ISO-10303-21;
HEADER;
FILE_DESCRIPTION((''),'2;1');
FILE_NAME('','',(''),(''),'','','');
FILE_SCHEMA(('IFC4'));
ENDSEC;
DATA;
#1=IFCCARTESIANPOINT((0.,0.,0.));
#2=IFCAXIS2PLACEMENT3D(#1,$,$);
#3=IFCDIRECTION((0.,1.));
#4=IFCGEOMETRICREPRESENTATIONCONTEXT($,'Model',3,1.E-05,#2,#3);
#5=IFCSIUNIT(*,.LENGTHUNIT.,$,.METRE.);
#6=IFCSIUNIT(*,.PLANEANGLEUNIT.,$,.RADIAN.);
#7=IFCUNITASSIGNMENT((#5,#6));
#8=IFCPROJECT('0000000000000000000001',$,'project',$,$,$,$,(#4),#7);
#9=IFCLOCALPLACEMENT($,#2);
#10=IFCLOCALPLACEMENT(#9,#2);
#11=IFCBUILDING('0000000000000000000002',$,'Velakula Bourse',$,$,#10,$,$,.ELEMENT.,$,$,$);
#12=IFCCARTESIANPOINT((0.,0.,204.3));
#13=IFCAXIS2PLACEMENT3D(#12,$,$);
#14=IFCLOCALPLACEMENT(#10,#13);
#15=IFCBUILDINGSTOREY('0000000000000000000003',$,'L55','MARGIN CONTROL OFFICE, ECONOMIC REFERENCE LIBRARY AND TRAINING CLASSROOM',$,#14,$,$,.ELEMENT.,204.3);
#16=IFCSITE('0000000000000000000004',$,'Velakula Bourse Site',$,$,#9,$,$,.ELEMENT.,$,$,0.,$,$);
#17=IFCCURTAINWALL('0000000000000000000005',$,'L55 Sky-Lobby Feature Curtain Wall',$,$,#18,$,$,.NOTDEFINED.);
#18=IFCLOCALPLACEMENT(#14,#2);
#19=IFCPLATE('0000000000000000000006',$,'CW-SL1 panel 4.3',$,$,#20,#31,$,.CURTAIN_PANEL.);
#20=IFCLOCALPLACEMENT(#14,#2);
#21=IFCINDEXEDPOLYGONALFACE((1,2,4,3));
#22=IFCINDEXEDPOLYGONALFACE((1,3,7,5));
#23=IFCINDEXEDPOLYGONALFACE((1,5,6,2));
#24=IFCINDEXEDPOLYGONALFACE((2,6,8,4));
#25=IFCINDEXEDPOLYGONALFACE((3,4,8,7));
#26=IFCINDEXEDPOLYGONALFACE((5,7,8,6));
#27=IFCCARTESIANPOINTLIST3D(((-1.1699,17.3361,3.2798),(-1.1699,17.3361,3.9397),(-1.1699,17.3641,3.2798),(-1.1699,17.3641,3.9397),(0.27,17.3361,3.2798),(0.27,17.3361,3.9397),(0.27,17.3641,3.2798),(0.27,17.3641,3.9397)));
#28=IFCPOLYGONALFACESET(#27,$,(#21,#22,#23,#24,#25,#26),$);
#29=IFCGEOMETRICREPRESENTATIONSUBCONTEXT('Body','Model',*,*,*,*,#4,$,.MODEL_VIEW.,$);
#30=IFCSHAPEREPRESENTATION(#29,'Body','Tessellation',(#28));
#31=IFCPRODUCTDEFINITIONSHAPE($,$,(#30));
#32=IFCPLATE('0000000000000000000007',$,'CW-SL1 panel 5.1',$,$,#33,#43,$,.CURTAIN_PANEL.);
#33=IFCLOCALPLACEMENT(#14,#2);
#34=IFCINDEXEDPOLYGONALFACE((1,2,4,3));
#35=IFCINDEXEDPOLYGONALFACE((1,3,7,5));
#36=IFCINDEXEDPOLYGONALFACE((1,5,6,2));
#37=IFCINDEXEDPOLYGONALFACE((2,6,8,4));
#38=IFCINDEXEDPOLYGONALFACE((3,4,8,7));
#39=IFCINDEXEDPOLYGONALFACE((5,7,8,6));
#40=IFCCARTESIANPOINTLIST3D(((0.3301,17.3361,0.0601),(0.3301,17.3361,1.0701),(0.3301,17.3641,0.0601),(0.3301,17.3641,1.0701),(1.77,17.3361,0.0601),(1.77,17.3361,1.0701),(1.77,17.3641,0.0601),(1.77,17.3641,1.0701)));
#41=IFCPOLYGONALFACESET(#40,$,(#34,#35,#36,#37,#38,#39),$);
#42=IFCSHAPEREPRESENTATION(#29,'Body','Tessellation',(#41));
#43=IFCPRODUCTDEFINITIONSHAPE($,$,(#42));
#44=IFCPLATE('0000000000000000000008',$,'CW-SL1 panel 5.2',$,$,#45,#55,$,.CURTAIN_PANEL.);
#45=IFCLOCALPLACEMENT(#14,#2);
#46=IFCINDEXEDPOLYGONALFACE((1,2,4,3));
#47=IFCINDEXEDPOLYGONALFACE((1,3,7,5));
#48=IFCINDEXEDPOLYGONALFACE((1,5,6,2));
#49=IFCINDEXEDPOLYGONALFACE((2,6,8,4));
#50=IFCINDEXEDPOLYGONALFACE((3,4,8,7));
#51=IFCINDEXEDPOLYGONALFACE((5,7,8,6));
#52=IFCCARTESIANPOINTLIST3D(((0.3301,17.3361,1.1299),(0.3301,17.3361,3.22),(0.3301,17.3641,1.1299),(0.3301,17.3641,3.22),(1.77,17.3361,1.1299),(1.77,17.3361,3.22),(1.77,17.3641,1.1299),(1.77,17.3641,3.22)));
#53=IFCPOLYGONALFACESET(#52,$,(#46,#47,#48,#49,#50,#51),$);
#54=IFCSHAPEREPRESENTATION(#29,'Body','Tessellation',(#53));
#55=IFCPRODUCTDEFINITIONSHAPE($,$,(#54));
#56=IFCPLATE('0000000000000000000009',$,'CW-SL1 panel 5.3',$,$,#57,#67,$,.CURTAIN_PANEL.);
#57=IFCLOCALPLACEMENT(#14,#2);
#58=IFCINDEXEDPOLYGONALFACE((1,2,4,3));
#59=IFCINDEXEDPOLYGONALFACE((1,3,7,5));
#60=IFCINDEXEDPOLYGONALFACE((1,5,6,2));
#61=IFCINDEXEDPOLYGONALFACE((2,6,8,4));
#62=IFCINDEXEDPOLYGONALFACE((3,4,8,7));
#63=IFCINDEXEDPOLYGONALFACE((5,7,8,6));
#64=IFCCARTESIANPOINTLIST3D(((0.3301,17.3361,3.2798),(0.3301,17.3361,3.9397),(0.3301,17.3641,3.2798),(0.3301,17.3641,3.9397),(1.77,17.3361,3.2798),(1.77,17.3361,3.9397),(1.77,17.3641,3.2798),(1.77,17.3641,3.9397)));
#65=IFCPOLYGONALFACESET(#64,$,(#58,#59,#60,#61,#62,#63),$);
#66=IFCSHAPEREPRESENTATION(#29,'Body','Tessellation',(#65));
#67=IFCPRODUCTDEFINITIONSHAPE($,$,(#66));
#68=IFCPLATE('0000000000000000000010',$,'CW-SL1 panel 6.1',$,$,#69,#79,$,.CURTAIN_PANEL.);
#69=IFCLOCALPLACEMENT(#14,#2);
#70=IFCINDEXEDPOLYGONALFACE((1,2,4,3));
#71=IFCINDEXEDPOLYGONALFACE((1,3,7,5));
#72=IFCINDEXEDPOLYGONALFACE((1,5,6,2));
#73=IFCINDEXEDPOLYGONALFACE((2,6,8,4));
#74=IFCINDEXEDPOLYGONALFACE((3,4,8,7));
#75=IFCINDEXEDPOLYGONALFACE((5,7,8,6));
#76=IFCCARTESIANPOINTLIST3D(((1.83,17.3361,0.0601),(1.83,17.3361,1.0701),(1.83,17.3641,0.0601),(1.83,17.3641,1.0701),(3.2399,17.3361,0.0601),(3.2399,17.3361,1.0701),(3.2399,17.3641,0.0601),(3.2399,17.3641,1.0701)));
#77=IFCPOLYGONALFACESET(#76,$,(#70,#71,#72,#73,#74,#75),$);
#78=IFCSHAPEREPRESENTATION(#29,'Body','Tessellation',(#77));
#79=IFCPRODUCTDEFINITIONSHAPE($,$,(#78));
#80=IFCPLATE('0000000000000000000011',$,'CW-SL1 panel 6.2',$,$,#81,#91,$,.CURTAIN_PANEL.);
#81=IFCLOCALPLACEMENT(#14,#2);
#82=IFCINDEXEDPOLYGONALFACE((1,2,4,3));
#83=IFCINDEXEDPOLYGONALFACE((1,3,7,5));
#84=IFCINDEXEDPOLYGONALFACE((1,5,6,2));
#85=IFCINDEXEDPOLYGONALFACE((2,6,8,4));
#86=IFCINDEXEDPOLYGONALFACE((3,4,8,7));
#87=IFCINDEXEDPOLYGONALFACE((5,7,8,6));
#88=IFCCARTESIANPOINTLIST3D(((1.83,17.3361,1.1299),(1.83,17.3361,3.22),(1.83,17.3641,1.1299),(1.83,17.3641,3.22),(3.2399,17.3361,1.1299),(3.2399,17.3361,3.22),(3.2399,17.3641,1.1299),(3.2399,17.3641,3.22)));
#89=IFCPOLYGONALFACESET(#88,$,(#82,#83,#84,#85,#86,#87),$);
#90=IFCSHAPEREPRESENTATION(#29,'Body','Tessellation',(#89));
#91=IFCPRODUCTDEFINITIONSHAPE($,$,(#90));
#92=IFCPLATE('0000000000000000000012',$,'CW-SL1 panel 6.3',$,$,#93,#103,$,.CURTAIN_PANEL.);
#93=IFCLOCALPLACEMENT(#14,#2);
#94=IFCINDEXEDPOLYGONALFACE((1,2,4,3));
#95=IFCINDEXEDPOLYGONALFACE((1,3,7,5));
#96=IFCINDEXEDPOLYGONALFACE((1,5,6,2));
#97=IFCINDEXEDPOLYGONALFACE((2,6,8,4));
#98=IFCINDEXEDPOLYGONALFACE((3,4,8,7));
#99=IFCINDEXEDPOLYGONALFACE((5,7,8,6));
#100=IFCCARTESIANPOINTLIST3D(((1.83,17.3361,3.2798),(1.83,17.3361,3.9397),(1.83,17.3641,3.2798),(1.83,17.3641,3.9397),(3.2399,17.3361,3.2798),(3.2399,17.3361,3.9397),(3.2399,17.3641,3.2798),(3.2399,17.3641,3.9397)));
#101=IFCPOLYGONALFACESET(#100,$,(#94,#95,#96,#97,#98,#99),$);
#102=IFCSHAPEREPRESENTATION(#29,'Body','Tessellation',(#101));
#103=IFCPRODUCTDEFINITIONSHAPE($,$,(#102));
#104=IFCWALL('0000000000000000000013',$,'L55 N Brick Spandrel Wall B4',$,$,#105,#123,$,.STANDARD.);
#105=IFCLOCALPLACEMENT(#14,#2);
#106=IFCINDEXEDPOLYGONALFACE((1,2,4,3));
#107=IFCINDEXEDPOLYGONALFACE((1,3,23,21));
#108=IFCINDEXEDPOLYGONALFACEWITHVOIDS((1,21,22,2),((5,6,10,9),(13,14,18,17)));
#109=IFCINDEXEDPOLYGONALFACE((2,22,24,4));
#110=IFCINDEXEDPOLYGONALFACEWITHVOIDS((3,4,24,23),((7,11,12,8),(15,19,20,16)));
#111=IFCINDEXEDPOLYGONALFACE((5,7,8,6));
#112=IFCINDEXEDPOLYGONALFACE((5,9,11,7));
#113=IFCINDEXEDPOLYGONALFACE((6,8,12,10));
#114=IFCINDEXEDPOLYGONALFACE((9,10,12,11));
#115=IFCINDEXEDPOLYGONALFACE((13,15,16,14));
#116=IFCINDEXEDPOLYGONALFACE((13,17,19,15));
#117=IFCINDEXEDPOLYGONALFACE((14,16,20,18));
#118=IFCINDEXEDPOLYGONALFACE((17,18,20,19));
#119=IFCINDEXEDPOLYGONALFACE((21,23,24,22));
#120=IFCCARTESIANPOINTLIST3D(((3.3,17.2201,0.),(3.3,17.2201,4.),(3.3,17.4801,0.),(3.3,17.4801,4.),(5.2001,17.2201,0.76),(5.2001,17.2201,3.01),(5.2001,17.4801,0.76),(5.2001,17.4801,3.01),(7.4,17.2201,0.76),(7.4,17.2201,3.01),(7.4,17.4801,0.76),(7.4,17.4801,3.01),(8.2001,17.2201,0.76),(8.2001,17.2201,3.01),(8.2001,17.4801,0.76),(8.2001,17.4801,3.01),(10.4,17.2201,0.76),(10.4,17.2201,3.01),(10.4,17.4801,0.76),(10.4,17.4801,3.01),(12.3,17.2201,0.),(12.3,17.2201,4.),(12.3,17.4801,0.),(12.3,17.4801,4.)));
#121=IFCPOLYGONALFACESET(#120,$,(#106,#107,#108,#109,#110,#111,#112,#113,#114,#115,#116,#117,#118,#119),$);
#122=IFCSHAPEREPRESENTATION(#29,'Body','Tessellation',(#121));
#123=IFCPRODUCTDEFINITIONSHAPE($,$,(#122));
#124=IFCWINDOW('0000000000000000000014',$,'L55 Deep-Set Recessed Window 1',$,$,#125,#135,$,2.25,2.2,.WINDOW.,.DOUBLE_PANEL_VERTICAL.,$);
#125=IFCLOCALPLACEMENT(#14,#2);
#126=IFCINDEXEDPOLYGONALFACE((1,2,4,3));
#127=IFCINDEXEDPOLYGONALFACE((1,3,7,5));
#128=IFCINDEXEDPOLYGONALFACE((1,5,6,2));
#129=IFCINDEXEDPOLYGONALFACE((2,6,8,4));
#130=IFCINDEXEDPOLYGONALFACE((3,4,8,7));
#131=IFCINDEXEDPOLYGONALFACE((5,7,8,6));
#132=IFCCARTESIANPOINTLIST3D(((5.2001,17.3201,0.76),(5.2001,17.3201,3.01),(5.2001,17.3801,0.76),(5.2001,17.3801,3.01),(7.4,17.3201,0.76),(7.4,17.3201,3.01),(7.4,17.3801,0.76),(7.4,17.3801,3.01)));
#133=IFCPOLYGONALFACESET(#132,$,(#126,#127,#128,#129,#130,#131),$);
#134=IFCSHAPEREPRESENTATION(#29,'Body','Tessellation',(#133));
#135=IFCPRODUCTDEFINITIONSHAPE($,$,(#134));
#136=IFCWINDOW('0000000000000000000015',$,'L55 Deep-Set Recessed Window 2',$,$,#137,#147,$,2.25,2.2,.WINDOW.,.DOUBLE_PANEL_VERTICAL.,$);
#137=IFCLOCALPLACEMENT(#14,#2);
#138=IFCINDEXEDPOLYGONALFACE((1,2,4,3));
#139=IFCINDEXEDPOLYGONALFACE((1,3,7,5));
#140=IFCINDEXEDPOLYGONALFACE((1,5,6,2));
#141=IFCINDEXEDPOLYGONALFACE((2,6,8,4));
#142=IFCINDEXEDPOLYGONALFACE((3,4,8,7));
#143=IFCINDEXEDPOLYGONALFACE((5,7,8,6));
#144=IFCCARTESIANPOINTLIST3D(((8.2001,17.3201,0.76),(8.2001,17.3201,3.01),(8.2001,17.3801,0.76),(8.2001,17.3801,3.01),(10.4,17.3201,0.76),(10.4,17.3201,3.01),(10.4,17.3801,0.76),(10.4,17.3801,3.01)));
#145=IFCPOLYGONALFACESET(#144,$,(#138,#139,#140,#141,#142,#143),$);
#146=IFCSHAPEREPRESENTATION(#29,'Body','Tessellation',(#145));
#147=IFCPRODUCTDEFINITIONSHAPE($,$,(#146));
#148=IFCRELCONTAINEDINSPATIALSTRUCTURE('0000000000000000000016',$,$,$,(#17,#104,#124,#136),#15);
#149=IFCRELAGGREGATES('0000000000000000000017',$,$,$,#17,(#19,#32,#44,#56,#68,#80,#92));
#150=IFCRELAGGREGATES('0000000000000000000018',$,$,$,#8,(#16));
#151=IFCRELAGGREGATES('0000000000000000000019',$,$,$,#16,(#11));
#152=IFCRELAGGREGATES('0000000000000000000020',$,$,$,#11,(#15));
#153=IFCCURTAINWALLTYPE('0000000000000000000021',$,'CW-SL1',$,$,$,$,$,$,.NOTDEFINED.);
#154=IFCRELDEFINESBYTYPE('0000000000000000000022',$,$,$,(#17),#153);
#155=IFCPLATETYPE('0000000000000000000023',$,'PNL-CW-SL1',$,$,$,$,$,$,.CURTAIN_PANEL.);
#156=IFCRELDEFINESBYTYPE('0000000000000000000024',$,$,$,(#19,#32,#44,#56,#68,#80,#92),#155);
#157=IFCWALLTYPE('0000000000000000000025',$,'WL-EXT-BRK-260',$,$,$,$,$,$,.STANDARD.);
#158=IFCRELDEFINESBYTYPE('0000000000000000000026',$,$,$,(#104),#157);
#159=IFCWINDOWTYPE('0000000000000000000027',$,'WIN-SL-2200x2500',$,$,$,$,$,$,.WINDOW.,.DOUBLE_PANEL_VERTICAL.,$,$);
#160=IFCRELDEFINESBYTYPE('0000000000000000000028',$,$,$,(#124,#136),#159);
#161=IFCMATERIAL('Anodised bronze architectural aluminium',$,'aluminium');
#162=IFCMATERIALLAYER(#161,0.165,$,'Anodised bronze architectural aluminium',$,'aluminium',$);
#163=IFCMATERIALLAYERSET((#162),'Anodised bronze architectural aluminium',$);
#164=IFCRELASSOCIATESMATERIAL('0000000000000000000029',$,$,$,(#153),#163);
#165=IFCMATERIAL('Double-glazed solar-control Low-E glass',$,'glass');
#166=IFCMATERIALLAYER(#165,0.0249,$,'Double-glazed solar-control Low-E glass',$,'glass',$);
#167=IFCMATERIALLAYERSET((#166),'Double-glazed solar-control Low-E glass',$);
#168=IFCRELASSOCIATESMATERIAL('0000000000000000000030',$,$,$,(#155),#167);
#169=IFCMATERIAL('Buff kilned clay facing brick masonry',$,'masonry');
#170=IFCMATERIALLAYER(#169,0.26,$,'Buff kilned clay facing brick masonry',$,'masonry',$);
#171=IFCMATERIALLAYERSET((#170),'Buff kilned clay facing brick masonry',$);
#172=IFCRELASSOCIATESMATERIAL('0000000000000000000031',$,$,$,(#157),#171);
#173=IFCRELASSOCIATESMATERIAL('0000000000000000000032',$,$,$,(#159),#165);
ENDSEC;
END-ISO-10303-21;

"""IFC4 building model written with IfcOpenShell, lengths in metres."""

from ifc_helpers import new_model, si_unit, direction, frame, frame_2d, origin, origin_2d, place, context, subcontext, project, spatial, rectangle, extrude, material, layer, layer_set, type_object, element, fill, aggregate, save


model = new_model("IFC4")

# Units and contexts
model_context = context("Model", 3, precision=1e-05, world=origin(), true_north=direction((0.0, 1.0)))
body_context = subcontext(model_context, "Body", "Model", "MODEL_VIEW")
ifc_project = project(units=[si_unit("LENGTHUNIT", "METRE"), si_unit("PLANEANGLEUNIT", "RADIAN")], contexts=[model_context])

# Site, building, storey
site_placement = place(None, origin())
site = spatial("IfcSite", under=ifc_project, at=site_placement, Name="Velakula Bourse Site", CompositionType="ELEMENT", RefElevation=0.0)
building_placement = place(site_placement, origin())
building = spatial("IfcBuilding", under=site, at=building_placement, Name="Velakula Bourse", CompositionType="ELEMENT")
storey_placement = place(building_placement, frame((0.0, 0.0, 204.3)))
storey = spatial("IfcBuildingStorey", under=building, at=storey_placement, Name="L55", Description="MARGIN CONTROL OFFICE, ECONOMIC REFERENCE LIBRARY AND TRAINING CLASSROOM", CompositionType="ELEMENT", Elevation=204.3)

# Curtain wall, plates
ifc_material_1 = material(Name="Anodised bronze architectural aluminium", Category="aluminium")
ifc_layer_1 = layer(ifc_material_1, 0.165, Name="Anodised bronze architectural aluminium", Category="aluminium")
ifc_layer_set_1 = layer_set([ifc_layer_1], Name="Anodised bronze architectural aluminium")
curtain_wall_type = type_object("IfcCurtainWallType", Name="CW-SL1", PredefinedType="NOTDEFINED", material=ifc_layer_set_1)
curtain_wall_placement = place(storey_placement, origin())
curtain_wall = element("IfcCurtainWall", 1, at=curtain_wall_placement, inside=storey, type_object=curtain_wall_type, Name="L55 Sky-Lobby Feature Curtain Wall", PredefinedType="NOTDEFINED")
ifc_material_2 = material(Name="Double-glazed solar-control Low-E glass", Category="glass")
ifc_layer_2 = layer(ifc_material_2, 0.0249, Name="Double-glazed solar-control Low-E glass", Category="glass")
ifc_layer_set_2 = layer_set([ifc_layer_2], Name="Double-glazed solar-control Low-E glass")
plate_type = type_object("IfcPlateType", Name="PNL-CW-SL1", PredefinedType="CURTAIN_PANEL", material=ifc_layer_set_2)
plate_1_placement = place(storey_placement, frame((-0.45, 17.3501, 3.2798), z_axis=(0.0, 0.0, 1.0), x_axis=(1.0, 0.0, 0.0)))
plate_1 = element("IfcPlate", 2, at=plate_1_placement, type_object=plate_type, Name="CW-SL1 panel 4.3", PredefinedType="CURTAIN_PANEL", context=body_context, shape_type="SweptSolid", body=[
    extrude(rectangle(XDim=1.4399, YDim=0.0281, at=origin_2d()), origin(), (0.0, 0.0, 1.0), 0.6599),
])
plate_2_placement = place(storey_placement, frame((1.05, 17.3501, 0.0601), z_axis=(0.0, 0.0, 1.0), x_axis=(1.0, 0.0, 0.0)))
plate_2 = element("IfcPlate", 3, at=plate_2_placement, type_object=plate_type, Name="CW-SL1 panel 5.1", PredefinedType="CURTAIN_PANEL", context=body_context, shape_type="SweptSolid", body=[
    extrude(rectangle(XDim=1.4399, YDim=0.0281, at=origin_2d()), origin(), (0.0, 0.0, 1.0), 1.01),
])
plate_3_placement = place(storey_placement, frame((1.05, 17.3501, 1.1299), z_axis=(0.0, 0.0, 1.0), x_axis=(1.0, 0.0, 0.0)))
plate_3 = element("IfcPlate", 4, at=plate_3_placement, type_object=plate_type, Name="CW-SL1 panel 5.2", PredefinedType="CURTAIN_PANEL", context=body_context, shape_type="SweptSolid", body=[
    extrude(rectangle(XDim=1.4399, YDim=0.0281, at=origin_2d()), origin(), (0.0, 0.0, 1.0), 2.0901),
])
plate_4_placement = place(storey_placement, frame((1.05, 17.3501, 3.2798), z_axis=(0.0, 0.0, 1.0), x_axis=(1.0, 0.0, 0.0)))
plate_4 = element("IfcPlate", 5, at=plate_4_placement, type_object=plate_type, Name="CW-SL1 panel 5.3", PredefinedType="CURTAIN_PANEL", context=body_context, shape_type="SweptSolid", body=[
    extrude(rectangle(XDim=1.4399, YDim=0.0281, at=origin_2d()), origin(), (0.0, 0.0, 1.0), 0.6599),
])
plate_5_placement = place(storey_placement, frame((2.5349, 17.3501, 0.0601), z_axis=(0.0, 0.0, 1.0), x_axis=(1.0, 0.0, 0.0)))
plate_5 = element("IfcPlate", 6, at=plate_5_placement, type_object=plate_type, Name="CW-SL1 panel 6.1", PredefinedType="CURTAIN_PANEL", context=body_context, shape_type="SweptSolid", body=[
    extrude(rectangle(XDim=1.4099, YDim=0.0281, at=origin_2d()), origin(), (0.0, 0.0, 1.0), 1.01),
])
plate_6_placement = place(storey_placement, frame((2.5349, 17.3501, 1.1299), z_axis=(0.0, 0.0, 1.0), x_axis=(1.0, 0.0, 0.0)))
plate_6 = element("IfcPlate", 7, at=plate_6_placement, type_object=plate_type, Name="CW-SL1 panel 6.2", PredefinedType="CURTAIN_PANEL", context=body_context, shape_type="SweptSolid", body=[
    extrude(rectangle(XDim=1.4099, YDim=0.0281, at=origin_2d()), origin(), (0.0, 0.0, 1.0), 2.0901),
])
plate_7_placement = place(storey_placement, frame((2.5349, 17.3501, 3.2798), z_axis=(0.0, 0.0, 1.0), x_axis=(1.0, 0.0, 0.0)))
plate_7 = element("IfcPlate", 8, at=plate_7_placement, type_object=plate_type, Name="CW-SL1 panel 6.3", PredefinedType="CURTAIN_PANEL", context=body_context, shape_type="SweptSolid", body=[
    extrude(rectangle(XDim=1.4099, YDim=0.0281, at=origin_2d()), origin(), (0.0, 0.0, 1.0), 0.6599),
])
aggregate(curtain_wall, [plate_1, plate_2, plate_3, plate_4, plate_5, plate_6, plate_7])

# Wall, openings, windows
ifc_material_3 = material(Name="Buff kilned clay facing brick masonry", Category="masonry")
ifc_layer_3 = layer(ifc_material_3, 0.26, Name="Buff kilned clay facing brick masonry", Category="masonry")
ifc_layer_set_3 = layer_set([ifc_layer_3], Name="Buff kilned clay facing brick masonry")
wall_type = type_object("IfcWallType", Name="WL-EXT-BRK-260", PredefinedType="STANDARD", material=ifc_layer_set_3)
wall_1_placement = place(storey_placement, frame((3.3, 17.3501, 0.0), z_axis=(0.0, 0.0, 1.0), x_axis=(1.0, 0.0, 0.0)))
wall_1 = element("IfcWall", 9, at=wall_1_placement, inside=storey, type_object=wall_type, Name="L55 N Brick Spandrel Wall B4", PredefinedType="STANDARD", context=body_context, shape_type="SweptSolid", body=[
    extrude(rectangle(XDim=9.0, YDim=0.26, at=frame_2d((4.5, 0.0))), origin(), (0.0, 0.0, 1.0), 4.0),
])
opening_1_placement = place(wall_1_placement, frame((1.8999, 0.0, 0.76)))
opening_1 = element("IfcOpeningElement", 10, at=opening_1_placement, cuts=wall_1, PredefinedType="OPENING", context=body_context, shape_type="SweptSolid", body=[
    extrude(rectangle(XDim=2.2, YDim=2.25, at=frame_2d((1.1001, 1.125))), frame((0.0, 0.1399, 0.0), z_axis=(0.0, -1.0, 0.0), x_axis=(1.0, 0.0, 0.0)), (0.0, 0.0, 1.0), 0.28),
])
opening_2_placement = place(wall_1_placement, frame((4.8999, 0.0, 0.76)))
opening_2 = element("IfcOpeningElement", 11, at=opening_2_placement, cuts=wall_1, PredefinedType="OPENING", context=body_context, shape_type="SweptSolid", body=[
    extrude(rectangle(XDim=2.2, YDim=2.25, at=frame_2d((1.1001, 1.125))), frame((0.0, 0.1399, 0.0), z_axis=(0.0, -1.0, 0.0), x_axis=(1.0, 0.0, 0.0)), (0.0, 0.0, 1.0), 0.28),
])
window_type = type_object("IfcWindowType", Name="WIN-SL-2200x2500", PartitioningType="DOUBLE_PANEL_VERTICAL", PredefinedType="WINDOW", material=ifc_material_2)
window_1_placement = place(opening_1_placement, origin())
window_1 = element("IfcWindow", 12, at=window_1_placement, inside=storey, type_object=window_type, Name="L55 Deep-Set Recessed Window 1", OverallHeight=2.25, OverallWidth=2.2, PartitioningType="DOUBLE_PANEL_VERTICAL", PredefinedType="WINDOW", context=body_context, shape_type="SweptSolid", body=[
    extrude(rectangle(XDim=2.2, YDim=2.25, at=frame_2d((1.1001, 1.125))), frame((0.0, 0.03, 0.0), z_axis=(0.0, -1.0, 0.0), x_axis=(1.0, 0.0, 0.0)), (0.0, 0.0, 1.0), 0.0601),
])
fill(opening_1, window_1)
window_2_placement = place(opening_2_placement, origin())
window_2 = element("IfcWindow", 13, at=window_2_placement, inside=storey, type_object=window_type, Name="L55 Deep-Set Recessed Window 2", OverallHeight=2.25, OverallWidth=2.2, PartitioningType="DOUBLE_PANEL_VERTICAL", PredefinedType="WINDOW", context=body_context, shape_type="SweptSolid", body=[
    extrude(rectangle(XDim=2.2, YDim=2.25, at=frame_2d((1.1001, 1.125))), frame((0.0, 0.03, 0.0), z_axis=(0.0, -1.0, 0.0), x_axis=(1.0, 0.0, 0.0)), (0.0, 0.0, 1.0), 0.0601),
])
fill(opening_2, window_2)

save(model, "model.ifc")
